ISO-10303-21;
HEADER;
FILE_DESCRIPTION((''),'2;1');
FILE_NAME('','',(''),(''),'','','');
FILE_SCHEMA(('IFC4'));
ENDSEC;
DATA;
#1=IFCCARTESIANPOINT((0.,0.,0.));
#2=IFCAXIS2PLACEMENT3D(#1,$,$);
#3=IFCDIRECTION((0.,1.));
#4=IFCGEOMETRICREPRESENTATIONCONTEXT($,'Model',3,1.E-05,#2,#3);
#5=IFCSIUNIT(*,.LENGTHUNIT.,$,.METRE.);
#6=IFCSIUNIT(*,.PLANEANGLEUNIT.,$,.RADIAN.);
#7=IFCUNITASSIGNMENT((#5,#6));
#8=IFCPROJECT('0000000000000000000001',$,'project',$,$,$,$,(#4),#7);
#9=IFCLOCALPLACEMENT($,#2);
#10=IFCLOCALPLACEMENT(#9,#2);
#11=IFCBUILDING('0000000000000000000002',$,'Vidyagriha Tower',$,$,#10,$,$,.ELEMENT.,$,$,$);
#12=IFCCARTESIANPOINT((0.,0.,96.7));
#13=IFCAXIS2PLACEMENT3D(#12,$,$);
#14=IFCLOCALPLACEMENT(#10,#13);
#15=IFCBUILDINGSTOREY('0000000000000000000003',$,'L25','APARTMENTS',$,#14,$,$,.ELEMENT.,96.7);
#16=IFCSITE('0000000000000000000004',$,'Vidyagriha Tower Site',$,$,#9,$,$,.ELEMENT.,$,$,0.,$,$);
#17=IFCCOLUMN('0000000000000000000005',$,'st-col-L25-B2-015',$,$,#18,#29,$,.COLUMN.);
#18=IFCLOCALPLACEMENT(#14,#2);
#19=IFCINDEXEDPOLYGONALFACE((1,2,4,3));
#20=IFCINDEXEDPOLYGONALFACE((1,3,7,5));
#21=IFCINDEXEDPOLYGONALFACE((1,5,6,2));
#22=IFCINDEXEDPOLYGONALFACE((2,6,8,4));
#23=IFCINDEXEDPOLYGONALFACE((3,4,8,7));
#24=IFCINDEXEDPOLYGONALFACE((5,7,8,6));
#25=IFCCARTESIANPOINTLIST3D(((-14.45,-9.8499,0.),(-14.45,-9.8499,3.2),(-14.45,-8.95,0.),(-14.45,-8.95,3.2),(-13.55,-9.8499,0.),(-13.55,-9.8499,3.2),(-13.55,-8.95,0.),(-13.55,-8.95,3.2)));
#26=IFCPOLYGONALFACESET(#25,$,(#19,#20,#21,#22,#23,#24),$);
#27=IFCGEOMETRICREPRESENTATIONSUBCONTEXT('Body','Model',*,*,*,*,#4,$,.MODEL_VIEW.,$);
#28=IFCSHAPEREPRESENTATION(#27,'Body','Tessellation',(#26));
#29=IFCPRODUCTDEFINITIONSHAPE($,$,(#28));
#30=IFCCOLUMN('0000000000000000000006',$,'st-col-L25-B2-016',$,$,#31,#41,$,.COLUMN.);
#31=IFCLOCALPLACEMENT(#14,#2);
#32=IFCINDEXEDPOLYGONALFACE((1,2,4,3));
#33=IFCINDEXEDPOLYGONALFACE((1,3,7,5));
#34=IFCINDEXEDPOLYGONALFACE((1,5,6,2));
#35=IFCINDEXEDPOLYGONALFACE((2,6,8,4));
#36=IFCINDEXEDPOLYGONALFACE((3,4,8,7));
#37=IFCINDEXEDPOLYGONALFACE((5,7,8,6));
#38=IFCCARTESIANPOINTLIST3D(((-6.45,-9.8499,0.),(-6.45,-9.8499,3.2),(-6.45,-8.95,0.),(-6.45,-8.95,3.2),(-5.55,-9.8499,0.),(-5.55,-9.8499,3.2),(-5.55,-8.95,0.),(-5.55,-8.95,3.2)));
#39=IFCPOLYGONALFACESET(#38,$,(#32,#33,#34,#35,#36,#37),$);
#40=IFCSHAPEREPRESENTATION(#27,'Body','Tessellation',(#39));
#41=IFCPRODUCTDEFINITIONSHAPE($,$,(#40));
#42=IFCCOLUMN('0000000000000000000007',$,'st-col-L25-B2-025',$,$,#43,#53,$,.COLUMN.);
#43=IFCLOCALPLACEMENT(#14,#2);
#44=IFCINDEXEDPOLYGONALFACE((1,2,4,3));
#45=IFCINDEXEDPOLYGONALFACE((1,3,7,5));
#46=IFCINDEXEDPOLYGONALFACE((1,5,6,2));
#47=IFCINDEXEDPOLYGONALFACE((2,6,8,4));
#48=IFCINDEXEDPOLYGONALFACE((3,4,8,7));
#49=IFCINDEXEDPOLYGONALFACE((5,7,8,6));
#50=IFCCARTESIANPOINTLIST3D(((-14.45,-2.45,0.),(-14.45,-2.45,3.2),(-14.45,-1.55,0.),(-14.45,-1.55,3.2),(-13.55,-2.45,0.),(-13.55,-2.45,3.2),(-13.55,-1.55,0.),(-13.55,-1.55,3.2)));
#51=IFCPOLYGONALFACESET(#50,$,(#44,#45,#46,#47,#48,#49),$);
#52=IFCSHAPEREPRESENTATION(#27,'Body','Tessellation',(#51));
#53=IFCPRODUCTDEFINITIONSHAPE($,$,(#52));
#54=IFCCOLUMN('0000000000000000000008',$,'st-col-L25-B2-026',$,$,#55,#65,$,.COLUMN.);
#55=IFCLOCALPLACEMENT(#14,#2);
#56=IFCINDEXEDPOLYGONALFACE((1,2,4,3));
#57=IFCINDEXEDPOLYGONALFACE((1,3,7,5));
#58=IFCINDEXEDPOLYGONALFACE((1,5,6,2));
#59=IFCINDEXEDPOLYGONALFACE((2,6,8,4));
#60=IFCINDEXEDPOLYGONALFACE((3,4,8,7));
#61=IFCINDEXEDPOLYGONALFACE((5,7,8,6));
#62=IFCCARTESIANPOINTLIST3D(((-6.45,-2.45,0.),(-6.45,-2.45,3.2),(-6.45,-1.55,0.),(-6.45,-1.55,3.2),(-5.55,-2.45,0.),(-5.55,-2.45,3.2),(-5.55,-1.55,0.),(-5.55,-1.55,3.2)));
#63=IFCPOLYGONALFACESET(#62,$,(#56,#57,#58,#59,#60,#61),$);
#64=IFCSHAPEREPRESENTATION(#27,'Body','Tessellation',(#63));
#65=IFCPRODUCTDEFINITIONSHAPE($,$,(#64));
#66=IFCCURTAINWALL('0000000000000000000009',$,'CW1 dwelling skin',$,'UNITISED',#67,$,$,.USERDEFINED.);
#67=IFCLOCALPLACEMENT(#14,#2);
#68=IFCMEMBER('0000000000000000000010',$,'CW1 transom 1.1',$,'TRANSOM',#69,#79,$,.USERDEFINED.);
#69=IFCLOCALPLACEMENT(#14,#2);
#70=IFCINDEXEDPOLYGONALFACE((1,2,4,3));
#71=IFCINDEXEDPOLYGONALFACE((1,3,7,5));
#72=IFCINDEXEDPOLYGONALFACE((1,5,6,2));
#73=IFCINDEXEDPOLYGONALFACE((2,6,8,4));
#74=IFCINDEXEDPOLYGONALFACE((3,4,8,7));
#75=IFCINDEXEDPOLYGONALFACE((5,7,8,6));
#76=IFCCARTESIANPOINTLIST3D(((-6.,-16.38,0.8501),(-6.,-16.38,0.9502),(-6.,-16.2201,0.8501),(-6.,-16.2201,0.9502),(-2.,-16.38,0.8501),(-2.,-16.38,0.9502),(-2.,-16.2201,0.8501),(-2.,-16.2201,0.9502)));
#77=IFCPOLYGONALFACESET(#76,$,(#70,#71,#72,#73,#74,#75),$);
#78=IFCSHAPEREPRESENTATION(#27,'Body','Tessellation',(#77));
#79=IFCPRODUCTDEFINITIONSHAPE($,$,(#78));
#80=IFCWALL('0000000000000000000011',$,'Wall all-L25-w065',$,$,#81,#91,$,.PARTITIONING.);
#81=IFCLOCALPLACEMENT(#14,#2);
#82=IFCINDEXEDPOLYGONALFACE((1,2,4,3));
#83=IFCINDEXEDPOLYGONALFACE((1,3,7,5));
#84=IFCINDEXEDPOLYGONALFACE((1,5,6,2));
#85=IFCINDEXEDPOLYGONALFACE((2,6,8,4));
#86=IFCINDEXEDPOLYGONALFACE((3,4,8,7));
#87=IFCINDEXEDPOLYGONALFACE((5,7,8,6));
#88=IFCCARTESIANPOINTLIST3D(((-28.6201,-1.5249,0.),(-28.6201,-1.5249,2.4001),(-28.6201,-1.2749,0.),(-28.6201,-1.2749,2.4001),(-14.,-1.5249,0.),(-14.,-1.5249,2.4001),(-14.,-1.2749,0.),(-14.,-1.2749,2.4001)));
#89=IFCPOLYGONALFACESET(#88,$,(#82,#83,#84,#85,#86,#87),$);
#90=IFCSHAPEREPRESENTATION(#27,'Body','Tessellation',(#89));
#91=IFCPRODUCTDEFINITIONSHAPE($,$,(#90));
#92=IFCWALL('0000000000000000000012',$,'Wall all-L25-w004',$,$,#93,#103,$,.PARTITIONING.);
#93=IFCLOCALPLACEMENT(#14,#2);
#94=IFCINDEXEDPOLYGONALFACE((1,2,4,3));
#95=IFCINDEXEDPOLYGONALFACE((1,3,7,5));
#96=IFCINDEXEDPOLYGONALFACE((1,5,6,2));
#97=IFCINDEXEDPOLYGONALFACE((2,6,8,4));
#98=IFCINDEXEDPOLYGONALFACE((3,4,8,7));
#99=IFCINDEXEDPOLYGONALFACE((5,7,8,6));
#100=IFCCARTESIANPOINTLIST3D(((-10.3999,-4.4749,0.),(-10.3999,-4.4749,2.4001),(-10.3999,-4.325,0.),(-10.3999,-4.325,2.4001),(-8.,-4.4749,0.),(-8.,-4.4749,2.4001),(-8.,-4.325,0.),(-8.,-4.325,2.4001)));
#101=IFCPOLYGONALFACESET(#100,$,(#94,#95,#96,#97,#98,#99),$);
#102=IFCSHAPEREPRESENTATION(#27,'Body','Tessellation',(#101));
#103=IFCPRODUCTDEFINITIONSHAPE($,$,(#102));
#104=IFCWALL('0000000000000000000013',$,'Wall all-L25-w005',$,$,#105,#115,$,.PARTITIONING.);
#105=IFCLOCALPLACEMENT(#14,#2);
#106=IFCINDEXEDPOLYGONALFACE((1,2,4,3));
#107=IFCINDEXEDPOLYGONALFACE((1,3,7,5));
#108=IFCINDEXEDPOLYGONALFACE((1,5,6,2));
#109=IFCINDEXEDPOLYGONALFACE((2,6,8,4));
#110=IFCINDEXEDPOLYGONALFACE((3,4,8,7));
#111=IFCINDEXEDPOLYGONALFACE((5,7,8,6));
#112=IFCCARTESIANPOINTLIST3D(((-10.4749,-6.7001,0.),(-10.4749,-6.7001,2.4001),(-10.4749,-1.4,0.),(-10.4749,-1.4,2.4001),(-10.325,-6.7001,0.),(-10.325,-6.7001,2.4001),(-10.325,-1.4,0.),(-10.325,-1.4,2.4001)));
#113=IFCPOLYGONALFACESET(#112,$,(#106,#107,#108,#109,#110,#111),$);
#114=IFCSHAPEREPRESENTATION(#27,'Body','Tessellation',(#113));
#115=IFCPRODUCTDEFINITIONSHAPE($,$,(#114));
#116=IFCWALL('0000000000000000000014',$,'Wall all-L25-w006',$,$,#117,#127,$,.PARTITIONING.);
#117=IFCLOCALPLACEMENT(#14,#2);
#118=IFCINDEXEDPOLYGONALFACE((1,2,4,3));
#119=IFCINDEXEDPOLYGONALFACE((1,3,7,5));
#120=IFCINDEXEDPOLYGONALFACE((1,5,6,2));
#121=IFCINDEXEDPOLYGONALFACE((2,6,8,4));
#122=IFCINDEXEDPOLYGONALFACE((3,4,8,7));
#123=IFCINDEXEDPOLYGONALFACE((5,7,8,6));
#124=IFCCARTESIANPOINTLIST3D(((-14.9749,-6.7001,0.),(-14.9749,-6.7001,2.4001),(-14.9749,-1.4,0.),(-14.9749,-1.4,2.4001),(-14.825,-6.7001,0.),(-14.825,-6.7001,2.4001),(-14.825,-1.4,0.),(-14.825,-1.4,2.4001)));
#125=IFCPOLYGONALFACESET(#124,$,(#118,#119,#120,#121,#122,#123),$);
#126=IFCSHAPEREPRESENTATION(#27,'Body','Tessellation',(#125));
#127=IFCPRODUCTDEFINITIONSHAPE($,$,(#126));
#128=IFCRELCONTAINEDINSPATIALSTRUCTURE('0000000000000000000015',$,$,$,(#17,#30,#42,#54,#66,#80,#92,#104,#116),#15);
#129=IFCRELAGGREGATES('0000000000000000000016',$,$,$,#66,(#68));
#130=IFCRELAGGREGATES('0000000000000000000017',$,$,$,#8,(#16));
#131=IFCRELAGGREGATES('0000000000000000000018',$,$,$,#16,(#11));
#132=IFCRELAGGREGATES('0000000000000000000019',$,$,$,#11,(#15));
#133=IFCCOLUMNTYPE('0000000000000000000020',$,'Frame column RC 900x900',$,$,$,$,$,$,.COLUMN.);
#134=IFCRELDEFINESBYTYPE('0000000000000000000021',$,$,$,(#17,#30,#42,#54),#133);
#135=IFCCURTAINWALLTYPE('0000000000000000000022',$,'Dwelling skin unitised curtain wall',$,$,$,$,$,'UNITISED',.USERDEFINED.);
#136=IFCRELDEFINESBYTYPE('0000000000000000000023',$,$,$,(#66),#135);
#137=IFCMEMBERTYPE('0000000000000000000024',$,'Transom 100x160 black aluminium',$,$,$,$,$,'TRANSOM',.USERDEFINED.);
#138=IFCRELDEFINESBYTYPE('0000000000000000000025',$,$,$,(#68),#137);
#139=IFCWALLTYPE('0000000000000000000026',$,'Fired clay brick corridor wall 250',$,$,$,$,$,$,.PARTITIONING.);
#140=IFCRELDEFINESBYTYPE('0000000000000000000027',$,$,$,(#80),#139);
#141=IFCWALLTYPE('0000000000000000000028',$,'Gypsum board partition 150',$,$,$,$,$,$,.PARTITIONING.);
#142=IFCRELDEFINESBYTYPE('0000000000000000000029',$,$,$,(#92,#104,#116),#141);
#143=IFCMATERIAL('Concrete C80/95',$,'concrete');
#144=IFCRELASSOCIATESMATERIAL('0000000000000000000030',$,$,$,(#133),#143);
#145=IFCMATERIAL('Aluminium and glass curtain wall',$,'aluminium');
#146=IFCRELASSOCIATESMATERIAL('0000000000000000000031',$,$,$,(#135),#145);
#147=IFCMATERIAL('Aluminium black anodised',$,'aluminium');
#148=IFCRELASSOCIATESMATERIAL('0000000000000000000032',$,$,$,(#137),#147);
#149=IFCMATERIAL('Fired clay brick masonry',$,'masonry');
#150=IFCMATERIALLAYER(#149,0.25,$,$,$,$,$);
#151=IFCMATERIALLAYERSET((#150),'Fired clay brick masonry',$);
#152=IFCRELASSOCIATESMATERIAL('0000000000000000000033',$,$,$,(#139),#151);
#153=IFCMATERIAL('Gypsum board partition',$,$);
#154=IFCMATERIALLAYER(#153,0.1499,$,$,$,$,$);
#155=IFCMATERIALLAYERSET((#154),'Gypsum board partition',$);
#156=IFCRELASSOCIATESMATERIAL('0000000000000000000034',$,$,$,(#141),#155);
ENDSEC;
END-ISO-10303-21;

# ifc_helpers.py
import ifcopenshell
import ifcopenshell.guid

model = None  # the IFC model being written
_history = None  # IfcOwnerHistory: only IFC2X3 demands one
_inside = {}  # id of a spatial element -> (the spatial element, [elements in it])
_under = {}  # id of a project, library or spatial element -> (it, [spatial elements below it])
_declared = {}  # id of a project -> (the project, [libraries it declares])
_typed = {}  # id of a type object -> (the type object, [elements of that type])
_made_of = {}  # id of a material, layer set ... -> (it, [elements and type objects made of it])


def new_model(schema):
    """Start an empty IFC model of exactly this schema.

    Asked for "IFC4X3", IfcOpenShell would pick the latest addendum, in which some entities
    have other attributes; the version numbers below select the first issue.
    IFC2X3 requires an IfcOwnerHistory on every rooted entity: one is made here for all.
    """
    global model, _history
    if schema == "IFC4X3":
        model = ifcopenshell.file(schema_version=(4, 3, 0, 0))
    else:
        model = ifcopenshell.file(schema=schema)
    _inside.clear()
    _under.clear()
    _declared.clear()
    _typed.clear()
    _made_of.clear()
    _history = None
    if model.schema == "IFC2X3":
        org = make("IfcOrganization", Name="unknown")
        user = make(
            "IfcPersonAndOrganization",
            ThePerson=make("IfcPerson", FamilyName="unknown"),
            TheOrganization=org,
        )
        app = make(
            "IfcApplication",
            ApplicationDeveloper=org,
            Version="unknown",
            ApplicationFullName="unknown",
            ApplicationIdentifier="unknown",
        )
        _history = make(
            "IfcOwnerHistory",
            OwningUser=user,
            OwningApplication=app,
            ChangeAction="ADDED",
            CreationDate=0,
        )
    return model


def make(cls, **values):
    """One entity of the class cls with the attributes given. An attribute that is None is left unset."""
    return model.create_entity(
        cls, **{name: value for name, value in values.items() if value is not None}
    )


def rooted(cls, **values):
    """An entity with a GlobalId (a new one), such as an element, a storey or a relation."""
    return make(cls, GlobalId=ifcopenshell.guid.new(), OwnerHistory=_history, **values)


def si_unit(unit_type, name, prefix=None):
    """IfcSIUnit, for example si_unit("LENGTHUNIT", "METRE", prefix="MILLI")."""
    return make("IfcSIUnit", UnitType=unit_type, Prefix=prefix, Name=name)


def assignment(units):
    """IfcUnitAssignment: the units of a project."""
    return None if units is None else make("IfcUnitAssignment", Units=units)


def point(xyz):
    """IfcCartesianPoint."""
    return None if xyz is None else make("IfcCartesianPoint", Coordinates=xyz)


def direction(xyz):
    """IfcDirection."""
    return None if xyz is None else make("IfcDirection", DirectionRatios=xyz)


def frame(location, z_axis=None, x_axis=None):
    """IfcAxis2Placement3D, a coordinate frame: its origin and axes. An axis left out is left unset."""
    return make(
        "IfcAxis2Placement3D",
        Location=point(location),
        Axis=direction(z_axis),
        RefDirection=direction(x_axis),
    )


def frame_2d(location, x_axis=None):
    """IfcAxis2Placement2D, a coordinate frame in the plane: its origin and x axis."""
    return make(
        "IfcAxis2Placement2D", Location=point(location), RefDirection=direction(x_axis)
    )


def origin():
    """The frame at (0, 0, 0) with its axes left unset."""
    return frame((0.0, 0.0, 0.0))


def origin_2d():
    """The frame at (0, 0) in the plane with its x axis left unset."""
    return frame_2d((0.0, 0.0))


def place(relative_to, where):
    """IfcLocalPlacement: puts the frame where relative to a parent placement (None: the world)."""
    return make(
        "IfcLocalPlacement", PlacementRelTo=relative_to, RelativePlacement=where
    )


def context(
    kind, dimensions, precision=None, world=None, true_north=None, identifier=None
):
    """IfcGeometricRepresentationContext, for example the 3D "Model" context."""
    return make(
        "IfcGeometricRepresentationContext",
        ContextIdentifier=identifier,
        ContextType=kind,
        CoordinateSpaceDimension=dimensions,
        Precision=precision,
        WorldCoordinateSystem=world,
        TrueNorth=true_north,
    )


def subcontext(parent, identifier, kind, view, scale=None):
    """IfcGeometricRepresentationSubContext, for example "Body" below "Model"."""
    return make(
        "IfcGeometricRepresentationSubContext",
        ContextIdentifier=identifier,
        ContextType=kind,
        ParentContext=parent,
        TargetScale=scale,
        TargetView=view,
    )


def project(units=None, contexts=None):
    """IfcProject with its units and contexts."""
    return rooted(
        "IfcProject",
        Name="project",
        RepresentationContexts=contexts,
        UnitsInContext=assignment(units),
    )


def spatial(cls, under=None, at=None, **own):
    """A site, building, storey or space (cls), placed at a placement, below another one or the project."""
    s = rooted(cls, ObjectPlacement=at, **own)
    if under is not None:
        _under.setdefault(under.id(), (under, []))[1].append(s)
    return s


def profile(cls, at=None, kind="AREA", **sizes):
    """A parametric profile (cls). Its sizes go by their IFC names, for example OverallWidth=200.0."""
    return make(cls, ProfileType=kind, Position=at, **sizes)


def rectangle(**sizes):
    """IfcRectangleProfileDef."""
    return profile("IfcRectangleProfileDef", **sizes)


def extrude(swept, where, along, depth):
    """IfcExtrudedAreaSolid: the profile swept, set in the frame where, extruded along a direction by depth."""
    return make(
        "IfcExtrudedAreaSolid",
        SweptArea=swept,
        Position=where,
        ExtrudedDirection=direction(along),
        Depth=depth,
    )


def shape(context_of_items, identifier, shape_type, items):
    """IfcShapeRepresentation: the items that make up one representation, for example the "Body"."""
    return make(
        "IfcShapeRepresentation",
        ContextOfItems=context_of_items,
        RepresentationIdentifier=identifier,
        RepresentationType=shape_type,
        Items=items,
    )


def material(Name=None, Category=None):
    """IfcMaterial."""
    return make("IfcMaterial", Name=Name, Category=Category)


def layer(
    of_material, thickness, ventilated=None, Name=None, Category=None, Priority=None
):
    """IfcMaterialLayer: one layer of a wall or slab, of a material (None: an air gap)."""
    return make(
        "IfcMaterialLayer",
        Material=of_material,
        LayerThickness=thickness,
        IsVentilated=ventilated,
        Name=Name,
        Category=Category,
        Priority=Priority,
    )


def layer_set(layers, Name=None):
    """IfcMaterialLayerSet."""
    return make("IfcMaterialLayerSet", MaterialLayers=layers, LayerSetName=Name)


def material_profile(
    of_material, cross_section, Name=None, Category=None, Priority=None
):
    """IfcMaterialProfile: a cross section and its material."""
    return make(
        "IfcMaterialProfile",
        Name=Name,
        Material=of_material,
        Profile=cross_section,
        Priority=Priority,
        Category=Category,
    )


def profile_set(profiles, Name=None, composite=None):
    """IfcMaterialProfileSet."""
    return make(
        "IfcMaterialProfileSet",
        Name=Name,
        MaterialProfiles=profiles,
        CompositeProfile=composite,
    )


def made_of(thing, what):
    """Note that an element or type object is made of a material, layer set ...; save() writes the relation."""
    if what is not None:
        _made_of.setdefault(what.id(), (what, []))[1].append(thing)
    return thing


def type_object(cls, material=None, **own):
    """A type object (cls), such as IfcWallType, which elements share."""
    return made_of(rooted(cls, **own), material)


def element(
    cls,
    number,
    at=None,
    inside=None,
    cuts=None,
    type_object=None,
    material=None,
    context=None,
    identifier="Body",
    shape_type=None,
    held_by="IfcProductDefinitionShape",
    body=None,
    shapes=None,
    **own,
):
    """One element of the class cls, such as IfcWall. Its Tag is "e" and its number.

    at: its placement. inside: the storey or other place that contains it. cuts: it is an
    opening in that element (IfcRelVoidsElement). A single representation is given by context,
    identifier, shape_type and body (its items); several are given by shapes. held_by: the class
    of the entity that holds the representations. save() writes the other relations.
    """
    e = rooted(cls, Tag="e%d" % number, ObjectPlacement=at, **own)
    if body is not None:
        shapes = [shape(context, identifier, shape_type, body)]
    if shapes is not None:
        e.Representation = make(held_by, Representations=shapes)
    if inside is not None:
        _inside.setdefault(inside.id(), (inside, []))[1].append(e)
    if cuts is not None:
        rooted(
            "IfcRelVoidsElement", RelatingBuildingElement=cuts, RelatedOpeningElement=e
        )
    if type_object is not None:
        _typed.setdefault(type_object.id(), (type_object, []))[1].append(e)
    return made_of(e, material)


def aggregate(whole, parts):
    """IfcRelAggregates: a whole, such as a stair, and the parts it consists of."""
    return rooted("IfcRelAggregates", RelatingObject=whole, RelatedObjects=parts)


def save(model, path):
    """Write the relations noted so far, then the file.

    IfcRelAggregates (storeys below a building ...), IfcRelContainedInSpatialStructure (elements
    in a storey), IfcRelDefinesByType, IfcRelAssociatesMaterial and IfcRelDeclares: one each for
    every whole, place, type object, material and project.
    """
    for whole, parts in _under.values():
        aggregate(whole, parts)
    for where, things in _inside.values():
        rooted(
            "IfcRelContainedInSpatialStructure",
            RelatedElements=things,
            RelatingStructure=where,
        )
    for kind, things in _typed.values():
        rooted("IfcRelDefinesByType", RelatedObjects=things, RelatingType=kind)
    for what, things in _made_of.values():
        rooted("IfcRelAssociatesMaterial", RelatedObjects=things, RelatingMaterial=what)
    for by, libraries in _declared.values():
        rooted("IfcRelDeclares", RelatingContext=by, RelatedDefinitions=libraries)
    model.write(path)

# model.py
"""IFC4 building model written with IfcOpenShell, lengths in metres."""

from ifc_helpers import new_model, si_unit, direction, frame, frame_2d, origin, origin_2d, place, context, subcontext, project, spatial, rectangle, extrude, material, layer, layer_set, material_profile, profile_set, type_object, element, aggregate, save


model = new_model("IFC4")

# Units and contexts
model_context = context("Model", 3, precision=1e-05, world=origin(), true_north=direction((0.0, 1.0)))
body_context = subcontext(model_context, "Body", "Model", "MODEL_VIEW")
ifc_project = project(units=[si_unit("LENGTHUNIT", "METRE"), si_unit("PLANEANGLEUNIT", "RADIAN")], contexts=[model_context])

# Site, building, storey
site_placement = place(None, origin())
site = spatial("IfcSite", under=ifc_project, at=site_placement, Name="Vidyagriha Tower Site", CompositionType="ELEMENT", RefElevation=0.0)
building_placement = place(site_placement, origin())
building = spatial("IfcBuilding", under=site, at=building_placement, Name="Vidyagriha Tower", CompositionType="ELEMENT")
storey_placement = place(building_placement, frame((0.0, 0.0, 96.7)))
storey = spatial("IfcBuildingStorey", under=building, at=storey_placement, Name="L25", Description="APARTMENTS", CompositionType="ELEMENT", Elevation=96.7)

# Columns
ifc_material_1 = material(Name="Concrete C80/95", Category="concrete")
ifc_material_profile_1 = material_profile(ifc_material_1, rectangle(XDim=0.8999, YDim=0.8999, at=origin_2d()), Name="RC 900x900")
ifc_profile_set_1 = profile_set([ifc_material_profile_1], Name="Concrete C80/95")
column_type = type_object("IfcColumnType", Name="Frame column RC 900x900", PredefinedType="COLUMN", material=ifc_profile_set_1)
for number, where, name in (
    (1, (-14.0, -9.3999, 0.0), "st-col-L25-B2-015"),
    (2, (-6.0, -9.3999, 0.0), "st-col-L25-B2-016"),
    (3, (-14.0, -2.0, 0.0), "st-col-L25-B2-025"),
    (4, (-6.0, -2.0, 0.0), "st-col-L25-B2-026"),
):
    element("IfcColumn", number, at=place(storey_placement, frame(where)), inside=storey, type_object=column_type, Name=name, PredefinedType="COLUMN", context=body_context, shape_type="SweptSolid", body=[
        extrude(rectangle(XDim=0.8999, YDim=0.8999, at=origin_2d()), origin(), (0.0, 0.0, 1.0), 3.2),
    ])

# Curtain wall, member
ifc_material_2 = material(Name="Aluminium and glass curtain wall", Category="aluminium")
curtain_wall_type = type_object("IfcCurtainWallType", Name="Dwelling skin unitised curtain wall", ElementType="UNITISED", PredefinedType="USERDEFINED", material=ifc_material_2)
curtain_wall_placement = place(storey_placement, origin())
curtain_wall = element("IfcCurtainWall", 5, at=curtain_wall_placement, inside=storey, type_object=curtain_wall_type, Name="CW1 dwelling skin", ObjectType="UNITISED", PredefinedType="USERDEFINED")
ifc_material_3 = material(Name="Aluminium black anodised", Category="aluminium")
ifc_material_profile_2 = material_profile(ifc_material_3, rectangle(XDim=0.1599, YDim=0.1001, at=origin_2d()), Name="Transom 100x160 black aluminium")
ifc_profile_set_2 = profile_set([ifc_material_profile_2], Name="Aluminium black anodised")
member_type = type_object("IfcMemberType", Name="Transom 100x160 black aluminium", ElementType="TRANSOM", PredefinedType="USERDEFINED", material=ifc_profile_set_2)
member_placement = place(storey_placement, frame((-6.0, -16.3, 0.9001), z_axis=(1.0, 0.0, 0.0), x_axis=(0.0, 1.0, 0.0)))
member = element("IfcMember", 6, at=member_placement, type_object=member_type, Name="CW1 transom 1.1", ObjectType="TRANSOM", PredefinedType="USERDEFINED", context=body_context, shape_type="SweptSolid", body=[
    extrude(rectangle(XDim=0.1599, YDim=0.1001, at=origin_2d()), origin(), (0.0, 0.0, 1.0), 4.0),
])
aggregate(curtain_wall, [member])

# Walls
ifc_material_4 = material(Name="Fired clay brick masonry", Category="masonry")
ifc_layer_1 = layer(ifc_material_4, 0.25)
ifc_layer_set_1 = layer_set([ifc_layer_1], Name="Fired clay brick masonry")
wall_type_1 = type_object("IfcWallType", Name="Fired clay brick corridor wall 250", PredefinedType="PARTITIONING", material=ifc_layer_set_1)
wall_1_placement = place(storey_placement, frame((-14.0, -1.3999, 0.0), z_axis=(0.0, 0.0, 1.0), x_axis=(-1.0, 0.0, 0.0)))
element("IfcWall", 7, at=wall_1_placement, inside=storey, type_object=wall_type_1, Name="Wall all-L25-w065", PredefinedType="PARTITIONING", context=body_context, shape_type="SweptSolid", body=[
    extrude(rectangle(XDim=14.6201, YDim=0.25, at=frame_2d((7.3101, 0.0))), origin(), (0.0, 0.0, 1.0), 2.4001),
])
ifc_material_5 = material(Name="Gypsum board partition")
ifc_layer_2 = layer(ifc_material_5, 0.1499)
ifc_layer_set_2 = layer_set([ifc_layer_2], Name="Gypsum board partition")
wall_type_2 = type_object("IfcWallType", Name="Gypsum board partition 150", PredefinedType="PARTITIONING", material=ifc_layer_set_2)
wall_2_placement = place(storey_placement, frame((-8.0, -4.3999, 0.0), z_axis=(0.0, 0.0, 1.0), x_axis=(-1.0, 0.0, 0.0)))
element("IfcWall", 8, at=wall_2_placement, inside=storey, type_object=wall_type_2, Name="Wall all-L25-w004", PredefinedType="PARTITIONING", context=body_context, shape_type="SweptSolid", body=[
    extrude(rectangle(XDim=2.3999, YDim=0.1499, at=frame_2d((1.2, 0.0))), origin(), (0.0, 0.0, 1.0), 2.4001),
])
for number, where, z_axis, x_axis, name in (
    (9, (-10.3999, -6.7, 0.0), (0.0, 0.0, 1.0), (0.0, 1.0, 0.0), "Wall all-L25-w005"),
    (10, (-14.8999, -6.7, 0.0), (0.0, 0.0, 1.0), (0.0, 1.0, 0.0), "Wall all-L25-w006"),
):
    element("IfcWall", number, at=place(storey_placement, frame(where, z_axis=z_axis, x_axis=x_axis)), inside=storey, type_object=wall_type_2, Name=name, PredefinedType="PARTITIONING", context=body_context, shape_type="SweptSolid", body=[
        extrude(rectangle(XDim=5.3, YDim=0.1499, at=frame_2d((2.6499, 0.0))), origin(), (0.0, 0.0, 1.0), 2.4001),
    ])

save(model, "model.ifc")
